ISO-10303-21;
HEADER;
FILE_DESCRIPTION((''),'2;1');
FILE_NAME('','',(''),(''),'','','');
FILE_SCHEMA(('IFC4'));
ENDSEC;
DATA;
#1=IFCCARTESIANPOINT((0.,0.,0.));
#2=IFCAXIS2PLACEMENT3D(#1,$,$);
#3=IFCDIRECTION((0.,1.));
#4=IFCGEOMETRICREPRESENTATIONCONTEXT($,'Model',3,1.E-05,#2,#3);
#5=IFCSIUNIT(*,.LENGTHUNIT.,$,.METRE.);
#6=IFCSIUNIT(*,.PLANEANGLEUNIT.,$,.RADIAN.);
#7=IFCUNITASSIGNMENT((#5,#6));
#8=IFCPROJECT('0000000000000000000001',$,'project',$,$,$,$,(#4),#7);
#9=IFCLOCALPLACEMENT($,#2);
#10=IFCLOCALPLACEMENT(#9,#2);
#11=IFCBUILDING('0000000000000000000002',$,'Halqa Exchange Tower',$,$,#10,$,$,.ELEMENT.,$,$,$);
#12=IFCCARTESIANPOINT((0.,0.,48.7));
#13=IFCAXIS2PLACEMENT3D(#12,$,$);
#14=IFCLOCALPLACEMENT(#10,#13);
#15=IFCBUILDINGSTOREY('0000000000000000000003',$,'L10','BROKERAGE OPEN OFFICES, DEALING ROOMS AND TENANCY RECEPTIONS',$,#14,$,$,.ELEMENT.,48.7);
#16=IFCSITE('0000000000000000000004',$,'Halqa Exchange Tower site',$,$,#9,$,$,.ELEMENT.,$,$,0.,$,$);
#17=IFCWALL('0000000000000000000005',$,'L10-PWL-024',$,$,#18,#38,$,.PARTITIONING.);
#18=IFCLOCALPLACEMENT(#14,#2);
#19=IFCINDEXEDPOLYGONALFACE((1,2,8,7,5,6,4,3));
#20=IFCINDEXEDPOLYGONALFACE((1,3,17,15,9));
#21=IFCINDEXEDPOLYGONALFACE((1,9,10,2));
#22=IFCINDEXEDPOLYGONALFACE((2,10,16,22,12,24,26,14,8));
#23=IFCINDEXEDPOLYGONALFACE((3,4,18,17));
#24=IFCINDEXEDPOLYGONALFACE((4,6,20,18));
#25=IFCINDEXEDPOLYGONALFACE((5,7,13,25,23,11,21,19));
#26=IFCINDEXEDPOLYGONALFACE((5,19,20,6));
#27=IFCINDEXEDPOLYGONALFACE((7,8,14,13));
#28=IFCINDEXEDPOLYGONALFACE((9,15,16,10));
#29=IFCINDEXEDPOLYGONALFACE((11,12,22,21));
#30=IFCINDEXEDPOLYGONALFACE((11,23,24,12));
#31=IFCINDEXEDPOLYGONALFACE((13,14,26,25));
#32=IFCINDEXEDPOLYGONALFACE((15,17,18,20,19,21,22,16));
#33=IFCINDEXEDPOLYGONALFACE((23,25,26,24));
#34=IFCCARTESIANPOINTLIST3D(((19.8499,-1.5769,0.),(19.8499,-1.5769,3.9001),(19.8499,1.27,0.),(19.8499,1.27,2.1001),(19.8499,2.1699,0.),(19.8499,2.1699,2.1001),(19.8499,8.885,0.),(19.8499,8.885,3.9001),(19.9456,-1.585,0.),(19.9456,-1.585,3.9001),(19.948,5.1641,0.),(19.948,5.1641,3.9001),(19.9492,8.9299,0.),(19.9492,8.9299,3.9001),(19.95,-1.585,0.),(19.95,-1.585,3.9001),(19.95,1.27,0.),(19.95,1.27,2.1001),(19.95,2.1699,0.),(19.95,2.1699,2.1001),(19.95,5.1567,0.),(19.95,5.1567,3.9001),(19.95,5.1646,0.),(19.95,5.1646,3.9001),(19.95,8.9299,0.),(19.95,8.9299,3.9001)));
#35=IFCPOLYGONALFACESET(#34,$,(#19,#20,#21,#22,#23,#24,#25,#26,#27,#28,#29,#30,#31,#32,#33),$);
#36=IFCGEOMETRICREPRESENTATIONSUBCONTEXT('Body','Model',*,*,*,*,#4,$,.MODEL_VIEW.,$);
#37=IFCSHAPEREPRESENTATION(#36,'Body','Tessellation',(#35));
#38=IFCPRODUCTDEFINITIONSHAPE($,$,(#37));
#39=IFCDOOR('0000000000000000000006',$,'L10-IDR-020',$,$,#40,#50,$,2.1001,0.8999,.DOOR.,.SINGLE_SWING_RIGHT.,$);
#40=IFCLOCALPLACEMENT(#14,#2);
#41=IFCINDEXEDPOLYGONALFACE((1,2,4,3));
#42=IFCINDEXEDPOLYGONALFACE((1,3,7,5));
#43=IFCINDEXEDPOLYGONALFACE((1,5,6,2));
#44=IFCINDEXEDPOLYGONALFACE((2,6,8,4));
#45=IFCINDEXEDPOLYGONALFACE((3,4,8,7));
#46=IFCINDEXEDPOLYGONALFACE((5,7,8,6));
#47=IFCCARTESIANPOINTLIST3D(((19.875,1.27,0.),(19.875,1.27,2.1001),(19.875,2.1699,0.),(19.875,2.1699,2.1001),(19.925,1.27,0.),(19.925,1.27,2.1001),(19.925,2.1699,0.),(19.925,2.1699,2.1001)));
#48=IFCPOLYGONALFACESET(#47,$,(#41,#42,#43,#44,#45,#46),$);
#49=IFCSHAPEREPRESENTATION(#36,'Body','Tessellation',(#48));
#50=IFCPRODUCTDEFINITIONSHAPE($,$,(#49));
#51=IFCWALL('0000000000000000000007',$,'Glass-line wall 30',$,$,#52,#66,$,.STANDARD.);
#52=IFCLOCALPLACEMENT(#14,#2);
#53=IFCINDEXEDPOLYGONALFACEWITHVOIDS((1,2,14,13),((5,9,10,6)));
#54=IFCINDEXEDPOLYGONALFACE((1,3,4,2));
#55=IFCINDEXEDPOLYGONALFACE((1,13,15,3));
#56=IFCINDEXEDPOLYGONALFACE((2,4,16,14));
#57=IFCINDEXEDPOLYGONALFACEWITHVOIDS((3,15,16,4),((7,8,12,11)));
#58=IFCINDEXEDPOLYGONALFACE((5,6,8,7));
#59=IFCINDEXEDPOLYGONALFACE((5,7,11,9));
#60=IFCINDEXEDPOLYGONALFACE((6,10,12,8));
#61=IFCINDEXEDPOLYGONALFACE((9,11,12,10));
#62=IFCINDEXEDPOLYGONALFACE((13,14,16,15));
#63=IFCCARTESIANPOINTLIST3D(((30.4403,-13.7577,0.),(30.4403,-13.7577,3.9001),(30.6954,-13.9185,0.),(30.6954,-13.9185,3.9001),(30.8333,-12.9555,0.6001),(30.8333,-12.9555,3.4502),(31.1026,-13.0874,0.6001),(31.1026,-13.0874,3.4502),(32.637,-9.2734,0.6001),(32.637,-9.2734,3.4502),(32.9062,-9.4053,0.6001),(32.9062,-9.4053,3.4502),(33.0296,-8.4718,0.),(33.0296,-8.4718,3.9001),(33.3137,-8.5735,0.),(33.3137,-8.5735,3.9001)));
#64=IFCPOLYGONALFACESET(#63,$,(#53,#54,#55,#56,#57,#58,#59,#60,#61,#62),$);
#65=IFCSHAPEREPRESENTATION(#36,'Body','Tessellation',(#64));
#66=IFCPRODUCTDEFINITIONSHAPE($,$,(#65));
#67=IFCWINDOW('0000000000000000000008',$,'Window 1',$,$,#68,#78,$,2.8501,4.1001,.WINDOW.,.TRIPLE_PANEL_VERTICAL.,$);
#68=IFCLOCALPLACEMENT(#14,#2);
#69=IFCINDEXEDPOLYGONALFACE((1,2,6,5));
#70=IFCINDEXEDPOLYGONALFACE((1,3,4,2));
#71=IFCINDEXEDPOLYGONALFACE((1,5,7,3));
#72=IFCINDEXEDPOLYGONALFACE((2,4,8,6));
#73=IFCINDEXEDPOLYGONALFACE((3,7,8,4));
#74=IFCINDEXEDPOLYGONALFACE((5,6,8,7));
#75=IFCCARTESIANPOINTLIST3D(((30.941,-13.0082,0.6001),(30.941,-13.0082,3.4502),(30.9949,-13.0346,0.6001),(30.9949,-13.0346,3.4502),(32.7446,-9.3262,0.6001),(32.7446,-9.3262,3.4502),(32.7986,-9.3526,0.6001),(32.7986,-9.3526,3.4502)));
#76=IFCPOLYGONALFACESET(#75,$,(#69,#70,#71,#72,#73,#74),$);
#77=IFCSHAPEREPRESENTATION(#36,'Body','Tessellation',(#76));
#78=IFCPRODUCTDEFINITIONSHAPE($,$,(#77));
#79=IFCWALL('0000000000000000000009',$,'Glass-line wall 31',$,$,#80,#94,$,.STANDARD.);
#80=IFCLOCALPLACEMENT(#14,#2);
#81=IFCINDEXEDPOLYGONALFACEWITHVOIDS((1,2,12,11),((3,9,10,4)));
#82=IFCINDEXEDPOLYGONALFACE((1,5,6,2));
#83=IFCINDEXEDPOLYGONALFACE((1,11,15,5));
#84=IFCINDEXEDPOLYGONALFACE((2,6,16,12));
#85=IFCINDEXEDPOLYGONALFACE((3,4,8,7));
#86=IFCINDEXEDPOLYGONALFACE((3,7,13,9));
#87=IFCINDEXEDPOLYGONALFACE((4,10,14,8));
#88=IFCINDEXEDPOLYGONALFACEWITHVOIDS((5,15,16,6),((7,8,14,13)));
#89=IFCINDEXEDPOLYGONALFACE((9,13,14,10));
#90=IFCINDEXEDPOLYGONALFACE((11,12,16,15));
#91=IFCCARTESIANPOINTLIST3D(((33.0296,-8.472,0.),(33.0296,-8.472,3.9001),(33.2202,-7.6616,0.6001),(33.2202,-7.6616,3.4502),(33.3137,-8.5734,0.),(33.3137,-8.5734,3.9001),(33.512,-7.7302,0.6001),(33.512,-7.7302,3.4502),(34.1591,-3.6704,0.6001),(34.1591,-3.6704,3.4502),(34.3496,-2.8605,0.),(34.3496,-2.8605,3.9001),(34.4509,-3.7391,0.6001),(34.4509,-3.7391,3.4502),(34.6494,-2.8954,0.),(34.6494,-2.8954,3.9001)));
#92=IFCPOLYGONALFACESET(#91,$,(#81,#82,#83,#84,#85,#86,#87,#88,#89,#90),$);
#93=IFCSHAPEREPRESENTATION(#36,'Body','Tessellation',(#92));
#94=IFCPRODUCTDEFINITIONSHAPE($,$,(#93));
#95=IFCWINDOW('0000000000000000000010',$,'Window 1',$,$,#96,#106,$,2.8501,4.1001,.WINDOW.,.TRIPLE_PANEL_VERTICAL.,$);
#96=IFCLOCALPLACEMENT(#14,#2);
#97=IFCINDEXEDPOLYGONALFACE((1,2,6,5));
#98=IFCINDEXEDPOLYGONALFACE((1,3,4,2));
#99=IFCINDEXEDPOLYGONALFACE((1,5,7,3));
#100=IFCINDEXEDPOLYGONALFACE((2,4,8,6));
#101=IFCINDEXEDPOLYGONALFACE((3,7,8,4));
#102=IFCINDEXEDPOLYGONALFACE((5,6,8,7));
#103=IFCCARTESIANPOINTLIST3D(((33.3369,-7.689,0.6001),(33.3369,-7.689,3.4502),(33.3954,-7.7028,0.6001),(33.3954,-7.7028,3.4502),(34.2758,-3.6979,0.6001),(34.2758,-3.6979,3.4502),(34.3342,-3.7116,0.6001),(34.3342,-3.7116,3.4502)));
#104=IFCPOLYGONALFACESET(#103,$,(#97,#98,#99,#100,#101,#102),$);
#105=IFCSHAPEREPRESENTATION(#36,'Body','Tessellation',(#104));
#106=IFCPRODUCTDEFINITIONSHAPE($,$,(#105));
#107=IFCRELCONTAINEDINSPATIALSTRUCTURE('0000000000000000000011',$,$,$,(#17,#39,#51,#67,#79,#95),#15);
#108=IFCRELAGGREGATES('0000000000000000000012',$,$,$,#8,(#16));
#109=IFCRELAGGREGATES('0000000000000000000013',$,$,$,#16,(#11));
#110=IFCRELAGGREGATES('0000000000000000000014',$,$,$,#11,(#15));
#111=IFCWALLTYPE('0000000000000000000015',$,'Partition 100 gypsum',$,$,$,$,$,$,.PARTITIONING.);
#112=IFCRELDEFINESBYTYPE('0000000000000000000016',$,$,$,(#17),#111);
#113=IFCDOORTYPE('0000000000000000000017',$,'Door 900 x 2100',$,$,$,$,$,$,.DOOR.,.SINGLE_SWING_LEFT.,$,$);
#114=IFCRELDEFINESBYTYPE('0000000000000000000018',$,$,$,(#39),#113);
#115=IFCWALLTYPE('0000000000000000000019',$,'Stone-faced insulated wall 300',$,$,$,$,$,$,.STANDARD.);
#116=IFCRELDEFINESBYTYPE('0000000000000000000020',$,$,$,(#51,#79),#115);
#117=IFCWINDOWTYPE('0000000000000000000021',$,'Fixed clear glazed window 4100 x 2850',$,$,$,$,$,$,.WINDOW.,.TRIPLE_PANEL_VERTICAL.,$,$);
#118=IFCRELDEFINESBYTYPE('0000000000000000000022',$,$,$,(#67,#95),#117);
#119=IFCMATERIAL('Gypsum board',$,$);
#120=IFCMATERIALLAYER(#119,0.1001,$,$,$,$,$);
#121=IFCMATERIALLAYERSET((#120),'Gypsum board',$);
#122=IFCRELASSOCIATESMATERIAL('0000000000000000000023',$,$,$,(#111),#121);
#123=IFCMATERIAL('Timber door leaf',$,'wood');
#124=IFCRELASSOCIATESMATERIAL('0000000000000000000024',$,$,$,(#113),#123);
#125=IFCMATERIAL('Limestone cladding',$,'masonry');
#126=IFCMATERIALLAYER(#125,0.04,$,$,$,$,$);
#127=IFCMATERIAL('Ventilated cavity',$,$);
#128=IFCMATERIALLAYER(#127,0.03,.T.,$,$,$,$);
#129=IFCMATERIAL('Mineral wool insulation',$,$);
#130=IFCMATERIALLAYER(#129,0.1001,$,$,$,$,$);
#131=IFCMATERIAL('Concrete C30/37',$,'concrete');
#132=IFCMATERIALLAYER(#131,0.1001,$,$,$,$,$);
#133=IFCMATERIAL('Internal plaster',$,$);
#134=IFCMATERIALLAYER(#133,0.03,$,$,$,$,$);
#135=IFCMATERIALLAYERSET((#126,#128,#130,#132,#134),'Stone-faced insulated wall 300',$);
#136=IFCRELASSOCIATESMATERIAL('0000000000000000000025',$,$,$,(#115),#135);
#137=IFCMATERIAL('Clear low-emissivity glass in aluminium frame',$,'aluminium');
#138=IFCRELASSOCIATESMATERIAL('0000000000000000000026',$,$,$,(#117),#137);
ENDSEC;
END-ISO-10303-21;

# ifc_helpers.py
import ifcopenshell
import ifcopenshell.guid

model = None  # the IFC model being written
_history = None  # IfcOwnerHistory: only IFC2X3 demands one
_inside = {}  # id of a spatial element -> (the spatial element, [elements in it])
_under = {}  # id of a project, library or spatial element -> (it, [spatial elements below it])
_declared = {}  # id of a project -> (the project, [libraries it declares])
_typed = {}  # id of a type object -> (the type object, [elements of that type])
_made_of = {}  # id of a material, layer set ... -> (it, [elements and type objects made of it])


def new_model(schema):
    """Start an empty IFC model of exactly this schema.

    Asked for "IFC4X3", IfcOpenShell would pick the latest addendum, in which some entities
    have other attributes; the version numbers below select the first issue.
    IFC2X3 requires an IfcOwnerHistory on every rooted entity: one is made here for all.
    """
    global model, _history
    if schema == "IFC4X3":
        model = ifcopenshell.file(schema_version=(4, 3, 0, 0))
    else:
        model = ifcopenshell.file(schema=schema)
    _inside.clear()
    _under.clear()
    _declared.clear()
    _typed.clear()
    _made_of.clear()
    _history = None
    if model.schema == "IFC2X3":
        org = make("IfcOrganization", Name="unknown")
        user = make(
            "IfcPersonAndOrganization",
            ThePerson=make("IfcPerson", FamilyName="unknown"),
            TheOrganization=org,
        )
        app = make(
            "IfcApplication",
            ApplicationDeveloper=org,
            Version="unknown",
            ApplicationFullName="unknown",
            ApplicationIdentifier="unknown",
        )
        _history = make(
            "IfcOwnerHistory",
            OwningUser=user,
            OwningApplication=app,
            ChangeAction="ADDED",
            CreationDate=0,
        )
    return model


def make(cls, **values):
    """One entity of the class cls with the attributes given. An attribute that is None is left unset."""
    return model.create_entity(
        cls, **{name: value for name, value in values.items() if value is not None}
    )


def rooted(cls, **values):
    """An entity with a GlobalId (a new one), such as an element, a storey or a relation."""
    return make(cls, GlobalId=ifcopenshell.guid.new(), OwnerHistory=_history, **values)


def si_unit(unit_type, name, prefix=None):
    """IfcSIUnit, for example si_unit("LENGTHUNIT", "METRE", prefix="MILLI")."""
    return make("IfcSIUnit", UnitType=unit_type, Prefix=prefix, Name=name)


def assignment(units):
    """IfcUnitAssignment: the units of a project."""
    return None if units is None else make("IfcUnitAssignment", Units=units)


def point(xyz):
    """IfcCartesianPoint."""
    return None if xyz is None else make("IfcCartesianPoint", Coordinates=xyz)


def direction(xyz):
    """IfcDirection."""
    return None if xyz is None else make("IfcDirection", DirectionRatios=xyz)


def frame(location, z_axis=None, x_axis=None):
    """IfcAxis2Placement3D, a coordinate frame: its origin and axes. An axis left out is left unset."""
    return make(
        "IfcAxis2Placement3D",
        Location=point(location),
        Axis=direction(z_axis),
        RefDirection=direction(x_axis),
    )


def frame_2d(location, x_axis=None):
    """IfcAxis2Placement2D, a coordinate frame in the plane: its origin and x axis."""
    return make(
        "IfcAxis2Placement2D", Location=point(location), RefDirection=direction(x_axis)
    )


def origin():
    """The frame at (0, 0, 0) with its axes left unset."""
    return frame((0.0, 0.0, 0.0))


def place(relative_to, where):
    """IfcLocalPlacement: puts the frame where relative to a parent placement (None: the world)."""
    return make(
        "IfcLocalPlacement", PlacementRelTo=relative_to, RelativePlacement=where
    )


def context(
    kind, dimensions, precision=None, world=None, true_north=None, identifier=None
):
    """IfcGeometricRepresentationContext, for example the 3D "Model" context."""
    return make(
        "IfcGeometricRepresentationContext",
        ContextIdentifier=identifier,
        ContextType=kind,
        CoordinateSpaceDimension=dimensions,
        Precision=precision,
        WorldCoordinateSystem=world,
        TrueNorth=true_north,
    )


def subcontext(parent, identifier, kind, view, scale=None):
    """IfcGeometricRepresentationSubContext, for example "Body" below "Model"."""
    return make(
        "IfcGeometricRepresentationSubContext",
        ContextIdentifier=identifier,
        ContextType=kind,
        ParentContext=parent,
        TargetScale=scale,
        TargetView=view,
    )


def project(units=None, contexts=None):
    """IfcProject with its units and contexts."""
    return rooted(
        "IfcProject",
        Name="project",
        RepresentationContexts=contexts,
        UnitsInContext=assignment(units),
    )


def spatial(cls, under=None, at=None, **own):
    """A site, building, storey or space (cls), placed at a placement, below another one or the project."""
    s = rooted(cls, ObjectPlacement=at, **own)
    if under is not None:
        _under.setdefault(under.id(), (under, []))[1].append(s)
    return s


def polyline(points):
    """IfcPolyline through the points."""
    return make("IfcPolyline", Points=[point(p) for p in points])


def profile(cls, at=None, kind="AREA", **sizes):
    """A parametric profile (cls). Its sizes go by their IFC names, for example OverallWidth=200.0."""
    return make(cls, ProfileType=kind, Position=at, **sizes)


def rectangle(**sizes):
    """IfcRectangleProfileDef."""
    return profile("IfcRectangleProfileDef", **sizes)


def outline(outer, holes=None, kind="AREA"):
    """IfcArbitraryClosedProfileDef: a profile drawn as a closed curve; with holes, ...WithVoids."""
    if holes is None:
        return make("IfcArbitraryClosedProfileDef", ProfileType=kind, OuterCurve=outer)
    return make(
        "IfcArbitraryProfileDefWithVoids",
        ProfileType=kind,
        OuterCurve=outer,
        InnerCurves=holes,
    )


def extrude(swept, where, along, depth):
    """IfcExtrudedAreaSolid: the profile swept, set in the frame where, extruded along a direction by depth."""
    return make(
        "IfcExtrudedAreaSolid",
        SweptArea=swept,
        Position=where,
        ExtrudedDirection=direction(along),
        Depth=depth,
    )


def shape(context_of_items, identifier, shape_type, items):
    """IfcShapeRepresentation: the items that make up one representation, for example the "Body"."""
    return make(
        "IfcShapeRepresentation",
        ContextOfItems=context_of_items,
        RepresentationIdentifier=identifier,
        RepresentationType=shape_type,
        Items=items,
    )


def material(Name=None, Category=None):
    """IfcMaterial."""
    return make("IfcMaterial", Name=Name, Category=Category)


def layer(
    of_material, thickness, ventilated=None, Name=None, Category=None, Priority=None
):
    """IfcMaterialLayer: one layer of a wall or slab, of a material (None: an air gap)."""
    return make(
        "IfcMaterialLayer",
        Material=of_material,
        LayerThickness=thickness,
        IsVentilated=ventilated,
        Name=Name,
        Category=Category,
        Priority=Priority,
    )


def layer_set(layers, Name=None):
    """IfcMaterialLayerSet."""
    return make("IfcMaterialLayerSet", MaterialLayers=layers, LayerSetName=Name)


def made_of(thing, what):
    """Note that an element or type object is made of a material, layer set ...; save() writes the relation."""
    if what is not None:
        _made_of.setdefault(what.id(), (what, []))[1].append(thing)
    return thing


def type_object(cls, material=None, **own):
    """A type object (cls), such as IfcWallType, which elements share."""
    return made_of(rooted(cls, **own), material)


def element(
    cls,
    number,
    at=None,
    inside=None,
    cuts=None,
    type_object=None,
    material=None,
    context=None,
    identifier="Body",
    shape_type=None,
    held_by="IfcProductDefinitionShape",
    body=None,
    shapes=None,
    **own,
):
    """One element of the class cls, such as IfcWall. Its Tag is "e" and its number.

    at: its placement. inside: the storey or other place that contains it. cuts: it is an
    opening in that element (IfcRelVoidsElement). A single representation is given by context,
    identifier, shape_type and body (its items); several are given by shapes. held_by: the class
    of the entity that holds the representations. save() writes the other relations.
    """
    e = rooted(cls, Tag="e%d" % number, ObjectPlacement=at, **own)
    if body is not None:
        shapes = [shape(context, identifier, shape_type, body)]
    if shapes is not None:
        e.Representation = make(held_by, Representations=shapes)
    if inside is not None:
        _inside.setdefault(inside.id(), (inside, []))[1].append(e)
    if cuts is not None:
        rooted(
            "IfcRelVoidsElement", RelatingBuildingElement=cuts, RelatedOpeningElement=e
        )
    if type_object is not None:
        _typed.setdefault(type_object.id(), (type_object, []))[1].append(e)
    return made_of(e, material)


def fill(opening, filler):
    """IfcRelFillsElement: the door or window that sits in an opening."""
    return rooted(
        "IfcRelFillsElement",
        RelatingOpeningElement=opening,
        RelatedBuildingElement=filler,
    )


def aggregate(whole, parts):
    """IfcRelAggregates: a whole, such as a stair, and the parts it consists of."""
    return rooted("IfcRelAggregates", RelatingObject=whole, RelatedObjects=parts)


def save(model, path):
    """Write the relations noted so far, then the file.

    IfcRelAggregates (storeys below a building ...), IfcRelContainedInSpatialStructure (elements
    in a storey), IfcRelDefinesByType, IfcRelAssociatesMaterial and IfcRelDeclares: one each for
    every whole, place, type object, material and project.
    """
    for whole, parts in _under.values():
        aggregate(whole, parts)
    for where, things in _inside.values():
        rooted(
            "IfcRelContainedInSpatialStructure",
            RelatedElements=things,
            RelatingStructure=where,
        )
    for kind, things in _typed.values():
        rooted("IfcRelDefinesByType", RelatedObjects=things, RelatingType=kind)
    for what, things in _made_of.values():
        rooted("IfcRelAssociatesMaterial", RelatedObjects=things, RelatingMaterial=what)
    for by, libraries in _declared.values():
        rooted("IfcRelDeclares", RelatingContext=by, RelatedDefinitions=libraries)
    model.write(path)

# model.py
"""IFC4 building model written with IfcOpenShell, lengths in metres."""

from ifc_helpers import new_model, si_unit, direction, frame, frame_2d, origin, place, context, subcontext, project, spatial, polyline, rectangle, outline, extrude, material, layer, layer_set, type_object, element, fill, save


model = new_model("IFC4")

# Units and contexts
model_context = context("Model", 3, precision=1e-05, world=origin(), true_north=direction((0.0, 1.0)))
body_context = subcontext(model_context, "Body", "Model", "MODEL_VIEW")
ifc_project = project(units=[si_unit("LENGTHUNIT", "METRE"), si_unit("PLANEANGLEUNIT", "RADIAN")], contexts=[model_context])

# Site, building, storey
site_placement = place(None, origin())
site = spatial("IfcSite", under=ifc_project, at=site_placement, Name="Halqa Exchange Tower site", CompositionType="ELEMENT", RefElevation=0.0)
building_placement = place(site_placement, origin())
building = spatial("IfcBuilding", under=site, at=building_placement, Name="Halqa Exchange Tower", CompositionType="ELEMENT")
storey_placement = place(building_placement, frame((0.0, 0.0, 48.7)))
storey = spatial("IfcBuildingStorey", under=building, at=storey_placement, Name="L10", Description="BROKERAGE OPEN OFFICES, DEALING ROOMS AND TENANCY RECEPTIONS", CompositionType="ELEMENT", Elevation=48.7)

# Wall, opening, door
ifc_material_1 = material(Name="Gypsum board")
ifc_layer_1 = layer(ifc_material_1, 0.1001)
ifc_layer_set_1 = layer_set([ifc_layer_1], Name="Gypsum board")
wall_type_1 = type_object("IfcWallType", Name="Partition 100 gypsum", PredefinedType="PARTITIONING", material=ifc_layer_set_1)
ifc_material_2 = material(Name="Timber door leaf", Category="wood")
door_type_1 = type_object("IfcDoorType", Name="Door 900 x 2100", OperationType="SINGLE_SWING_LEFT", PredefinedType="DOOR", material=ifc_material_2)
wall_1_placement = place(storey_placement, frame((19.8999, -1.585, 0.0), z_axis=(0.0, 0.0, 1.0), x_axis=(0.0, 1.0, 0.0)))
wall_1 = element("IfcWall", 1, at=wall_1_placement, inside=storey, type_object=wall_type_1, Name="L10-PWL-024", PredefinedType="PARTITIONING", context=body_context, shape_type="SweptSolid", body=[
    extrude(outline(polyline([(0.0, -0.05), (1.6855, -0.05), (3.3708, -0.05), (5.0564, -0.05), (6.7417, -0.05), (6.749, -0.0481), (6.7495, -0.05), (8.6321, -0.05), (10.5149, -0.05), (10.5149, -0.0493), (10.47, 0.05), (8.7263, 0.05), (6.9827, 0.05), (5.239, 0.05), (3.4954, 0.05), (1.7517, 0.05), (0.0081, 0.05), (0.0, -0.0457), (0.0, -0.05)])), origin(), (0.0, 0.0, 1.0), 3.9001),
])
opening_1_placement = place(wall_1_placement, frame((2.855, 0.0, 0.0)))
opening_1 = element("IfcOpeningElement", 2, at=opening_1_placement, cuts=wall_1, PredefinedType="OPENING", context=body_context, shape_type="SweptSolid", body=[
    extrude(rectangle(XDim=0.8999, YDim=2.1001, at=frame_2d((0.45, 1.05))), frame((0.0, 0.062, 0.0), z_axis=(0.0, -1.0, 0.0), x_axis=(1.0, 0.0, 0.0)), (0.0, 0.0, 1.0), 0.124),
])
door_1_placement = place(opening_1_placement, origin())
door_1 = element("IfcDoor", 3, at=door_1_placement, inside=storey, type_object=door_type_1, Name="L10-IDR-020", OperationType="SINGLE_SWING_RIGHT", OverallHeight=2.1001, OverallWidth=0.8999, PredefinedType="DOOR", context=body_context, shape_type="SweptSolid", body=[
    extrude(rectangle(XDim=0.8999, YDim=2.1001, at=frame_2d((0.45, 1.05))), frame((0.0, 0.0249, 0.0), z_axis=(0.0, -1.0, 0.0), x_axis=(1.0, 0.0, 0.0)), (0.0, 0.0, 1.0), 0.05),
])
fill(opening_1, door_1)

# Walls, openings, windows
ifc_material_3 = material(Name="Limestone cladding", Category="masonry")
ifc_layer_2 = layer(ifc_material_3, 0.04)
ifc_material_4 = material(Name="Ventilated cavity")
ifc_layer_3 = layer(ifc_material_4, 0.03, ventilated=True)
ifc_material_5 = material(Name="Mineral wool insulation")
ifc_layer_4 = layer(ifc_material_5, 0.1001)
ifc_material_6 = material(Name="Concrete C30/37", Category="concrete")
ifc_layer_5 = layer(ifc_material_6, 0.1001)
ifc_material_7 = material(Name="Internal plaster")
ifc_layer_6 = layer(ifc_material_7, 0.03)
ifc_layer_set_2 = layer_set([ifc_layer_2, ifc_layer_3, ifc_layer_4, ifc_layer_5, ifc_layer_6], Name="Stone-faced insulated wall 300")
wall_type_2 = type_object("IfcWallType", Name="Stone-faced insulated wall 300", PredefinedType="STANDARD", material=ifc_layer_set_2)
wall_2_placement = place(storey_placement, frame((30.5679, -13.8381, 0.0), z_axis=(0.0, 0.0, 1.0), x_axis=(0.439906, 0.898044, 0.0)))
wall_2 = element("IfcWall", 4, at=wall_2_placement, inside=storey, type_object=wall_type_2, Name="Glass-line wall 30", PredefinedType="STANDARD", context=body_context, shape_type="SweptSolid", body=[
    extrude(outline(polyline([(-0.0161, -0.1499), (5.9358, -0.1499), (5.9021, 0.1499), (0.0161, 0.1499), (-0.0161, -0.1499)])), origin(), (0.0, 0.0, 1.0), 3.9001),
])
opening_2_placement = place(wall_2_placement, frame((0.9094, 0.0, 0.6001)))
opening_2 = element("IfcOpeningElement", 5, at=opening_2_placement, cuts=wall_2, PredefinedType="OPENING", context=body_context, shape_type="SweptSolid", body=[
    extrude(rectangle(XDim=4.1001, YDim=2.8501, at=frame_2d((2.05, 1.425))), frame((0.0, 0.1621, 0.0), z_axis=(0.0, -1.0, 0.0), x_axis=(1.0, 0.0, 0.0)), (0.0, 0.0, 1.0), 0.324),
])
ifc_material_8 = material(Name="Clear low-emissivity glass in aluminium frame", Category="aluminium")
window_type = type_object("IfcWindowType", Name="Fixed clear glazed window 4100 x 2850", PartitioningType="TRIPLE_PANEL_VERTICAL", PredefinedType="WINDOW", material=ifc_material_8)
window_1_placement = place(opening_2_placement, origin())
window_1 = element("IfcWindow", 6, at=window_1_placement, inside=storey, type_object=window_type, Name="Window 1", OverallHeight=2.8501, OverallWidth=4.1001, PartitioningType="TRIPLE_PANEL_VERTICAL", PredefinedType="WINDOW", context=body_context, shape_type="SweptSolid", body=[
    extrude(rectangle(XDim=4.1001, YDim=2.8501, at=frame_2d((2.05, 1.425))), frame((0.0, 0.03, 0.0), z_axis=(0.0, -1.0, 0.0), x_axis=(1.0, 0.0, 0.0)), (0.0, 0.0, 1.0), 0.0601),
])
fill(opening_2, window_1)
wall_3_placement = place(storey_placement, frame((33.1716, -8.5227, 0.0), z_axis=(0.0, 0.0, 1.0), x_axis=(0.22899, 0.973429, 0.0)))
wall_3 = element("IfcWall", 7, at=wall_3_placement, inside=storey, type_object=wall_type_2, Name="Glass-line wall 31", PredefinedType="STANDARD", context=body_context, shape_type="SweptSolid", body=[
    extrude(outline(polyline([(-0.0168, -0.1499), (5.8162, -0.1499), (5.7815, 0.1499), (0.0168, 0.1499), (-0.0168, -0.1499)])), origin(), (0.0, 0.0, 1.0), 3.9001),
])
opening_3_placement = place(wall_3_placement, frame((0.8494, 0.0, 0.6001)))
opening_3 = element("IfcOpeningElement", 8, at=opening_3_placement, cuts=wall_3, PredefinedType="OPENING", context=body_context, shape_type="SweptSolid", body=[
    extrude(rectangle(XDim=4.1001, YDim=2.8501, at=frame_2d((2.05, 1.425))), frame((0.0, 0.1621, 0.0), z_axis=(0.0, -1.0, 0.0), x_axis=(1.0, 0.0, 0.0)), (0.0, 0.0, 1.0), 0.324),
])
window_2_placement = place(opening_3_placement, origin())
window_2 = element("IfcWindow", 9, at=window_2_placement, inside=storey, type_object=window_type, Name="Window 1", OverallHeight=2.8501, OverallWidth=4.1001, PartitioningType="TRIPLE_PANEL_VERTICAL", PredefinedType="WINDOW", context=body_context, shape_type="SweptSolid", body=[
    extrude(rectangle(XDim=4.1001, YDim=2.8501, at=frame_2d((2.05, 1.425))), frame((0.0, 0.03, 0.0), z_axis=(0.0, -1.0, 0.0), x_axis=(1.0, 0.0, 0.0)), (0.0, 0.0, 1.0), 0.0601),
])
fill(opening_3, window_2)

save(model, "model.ifc")
